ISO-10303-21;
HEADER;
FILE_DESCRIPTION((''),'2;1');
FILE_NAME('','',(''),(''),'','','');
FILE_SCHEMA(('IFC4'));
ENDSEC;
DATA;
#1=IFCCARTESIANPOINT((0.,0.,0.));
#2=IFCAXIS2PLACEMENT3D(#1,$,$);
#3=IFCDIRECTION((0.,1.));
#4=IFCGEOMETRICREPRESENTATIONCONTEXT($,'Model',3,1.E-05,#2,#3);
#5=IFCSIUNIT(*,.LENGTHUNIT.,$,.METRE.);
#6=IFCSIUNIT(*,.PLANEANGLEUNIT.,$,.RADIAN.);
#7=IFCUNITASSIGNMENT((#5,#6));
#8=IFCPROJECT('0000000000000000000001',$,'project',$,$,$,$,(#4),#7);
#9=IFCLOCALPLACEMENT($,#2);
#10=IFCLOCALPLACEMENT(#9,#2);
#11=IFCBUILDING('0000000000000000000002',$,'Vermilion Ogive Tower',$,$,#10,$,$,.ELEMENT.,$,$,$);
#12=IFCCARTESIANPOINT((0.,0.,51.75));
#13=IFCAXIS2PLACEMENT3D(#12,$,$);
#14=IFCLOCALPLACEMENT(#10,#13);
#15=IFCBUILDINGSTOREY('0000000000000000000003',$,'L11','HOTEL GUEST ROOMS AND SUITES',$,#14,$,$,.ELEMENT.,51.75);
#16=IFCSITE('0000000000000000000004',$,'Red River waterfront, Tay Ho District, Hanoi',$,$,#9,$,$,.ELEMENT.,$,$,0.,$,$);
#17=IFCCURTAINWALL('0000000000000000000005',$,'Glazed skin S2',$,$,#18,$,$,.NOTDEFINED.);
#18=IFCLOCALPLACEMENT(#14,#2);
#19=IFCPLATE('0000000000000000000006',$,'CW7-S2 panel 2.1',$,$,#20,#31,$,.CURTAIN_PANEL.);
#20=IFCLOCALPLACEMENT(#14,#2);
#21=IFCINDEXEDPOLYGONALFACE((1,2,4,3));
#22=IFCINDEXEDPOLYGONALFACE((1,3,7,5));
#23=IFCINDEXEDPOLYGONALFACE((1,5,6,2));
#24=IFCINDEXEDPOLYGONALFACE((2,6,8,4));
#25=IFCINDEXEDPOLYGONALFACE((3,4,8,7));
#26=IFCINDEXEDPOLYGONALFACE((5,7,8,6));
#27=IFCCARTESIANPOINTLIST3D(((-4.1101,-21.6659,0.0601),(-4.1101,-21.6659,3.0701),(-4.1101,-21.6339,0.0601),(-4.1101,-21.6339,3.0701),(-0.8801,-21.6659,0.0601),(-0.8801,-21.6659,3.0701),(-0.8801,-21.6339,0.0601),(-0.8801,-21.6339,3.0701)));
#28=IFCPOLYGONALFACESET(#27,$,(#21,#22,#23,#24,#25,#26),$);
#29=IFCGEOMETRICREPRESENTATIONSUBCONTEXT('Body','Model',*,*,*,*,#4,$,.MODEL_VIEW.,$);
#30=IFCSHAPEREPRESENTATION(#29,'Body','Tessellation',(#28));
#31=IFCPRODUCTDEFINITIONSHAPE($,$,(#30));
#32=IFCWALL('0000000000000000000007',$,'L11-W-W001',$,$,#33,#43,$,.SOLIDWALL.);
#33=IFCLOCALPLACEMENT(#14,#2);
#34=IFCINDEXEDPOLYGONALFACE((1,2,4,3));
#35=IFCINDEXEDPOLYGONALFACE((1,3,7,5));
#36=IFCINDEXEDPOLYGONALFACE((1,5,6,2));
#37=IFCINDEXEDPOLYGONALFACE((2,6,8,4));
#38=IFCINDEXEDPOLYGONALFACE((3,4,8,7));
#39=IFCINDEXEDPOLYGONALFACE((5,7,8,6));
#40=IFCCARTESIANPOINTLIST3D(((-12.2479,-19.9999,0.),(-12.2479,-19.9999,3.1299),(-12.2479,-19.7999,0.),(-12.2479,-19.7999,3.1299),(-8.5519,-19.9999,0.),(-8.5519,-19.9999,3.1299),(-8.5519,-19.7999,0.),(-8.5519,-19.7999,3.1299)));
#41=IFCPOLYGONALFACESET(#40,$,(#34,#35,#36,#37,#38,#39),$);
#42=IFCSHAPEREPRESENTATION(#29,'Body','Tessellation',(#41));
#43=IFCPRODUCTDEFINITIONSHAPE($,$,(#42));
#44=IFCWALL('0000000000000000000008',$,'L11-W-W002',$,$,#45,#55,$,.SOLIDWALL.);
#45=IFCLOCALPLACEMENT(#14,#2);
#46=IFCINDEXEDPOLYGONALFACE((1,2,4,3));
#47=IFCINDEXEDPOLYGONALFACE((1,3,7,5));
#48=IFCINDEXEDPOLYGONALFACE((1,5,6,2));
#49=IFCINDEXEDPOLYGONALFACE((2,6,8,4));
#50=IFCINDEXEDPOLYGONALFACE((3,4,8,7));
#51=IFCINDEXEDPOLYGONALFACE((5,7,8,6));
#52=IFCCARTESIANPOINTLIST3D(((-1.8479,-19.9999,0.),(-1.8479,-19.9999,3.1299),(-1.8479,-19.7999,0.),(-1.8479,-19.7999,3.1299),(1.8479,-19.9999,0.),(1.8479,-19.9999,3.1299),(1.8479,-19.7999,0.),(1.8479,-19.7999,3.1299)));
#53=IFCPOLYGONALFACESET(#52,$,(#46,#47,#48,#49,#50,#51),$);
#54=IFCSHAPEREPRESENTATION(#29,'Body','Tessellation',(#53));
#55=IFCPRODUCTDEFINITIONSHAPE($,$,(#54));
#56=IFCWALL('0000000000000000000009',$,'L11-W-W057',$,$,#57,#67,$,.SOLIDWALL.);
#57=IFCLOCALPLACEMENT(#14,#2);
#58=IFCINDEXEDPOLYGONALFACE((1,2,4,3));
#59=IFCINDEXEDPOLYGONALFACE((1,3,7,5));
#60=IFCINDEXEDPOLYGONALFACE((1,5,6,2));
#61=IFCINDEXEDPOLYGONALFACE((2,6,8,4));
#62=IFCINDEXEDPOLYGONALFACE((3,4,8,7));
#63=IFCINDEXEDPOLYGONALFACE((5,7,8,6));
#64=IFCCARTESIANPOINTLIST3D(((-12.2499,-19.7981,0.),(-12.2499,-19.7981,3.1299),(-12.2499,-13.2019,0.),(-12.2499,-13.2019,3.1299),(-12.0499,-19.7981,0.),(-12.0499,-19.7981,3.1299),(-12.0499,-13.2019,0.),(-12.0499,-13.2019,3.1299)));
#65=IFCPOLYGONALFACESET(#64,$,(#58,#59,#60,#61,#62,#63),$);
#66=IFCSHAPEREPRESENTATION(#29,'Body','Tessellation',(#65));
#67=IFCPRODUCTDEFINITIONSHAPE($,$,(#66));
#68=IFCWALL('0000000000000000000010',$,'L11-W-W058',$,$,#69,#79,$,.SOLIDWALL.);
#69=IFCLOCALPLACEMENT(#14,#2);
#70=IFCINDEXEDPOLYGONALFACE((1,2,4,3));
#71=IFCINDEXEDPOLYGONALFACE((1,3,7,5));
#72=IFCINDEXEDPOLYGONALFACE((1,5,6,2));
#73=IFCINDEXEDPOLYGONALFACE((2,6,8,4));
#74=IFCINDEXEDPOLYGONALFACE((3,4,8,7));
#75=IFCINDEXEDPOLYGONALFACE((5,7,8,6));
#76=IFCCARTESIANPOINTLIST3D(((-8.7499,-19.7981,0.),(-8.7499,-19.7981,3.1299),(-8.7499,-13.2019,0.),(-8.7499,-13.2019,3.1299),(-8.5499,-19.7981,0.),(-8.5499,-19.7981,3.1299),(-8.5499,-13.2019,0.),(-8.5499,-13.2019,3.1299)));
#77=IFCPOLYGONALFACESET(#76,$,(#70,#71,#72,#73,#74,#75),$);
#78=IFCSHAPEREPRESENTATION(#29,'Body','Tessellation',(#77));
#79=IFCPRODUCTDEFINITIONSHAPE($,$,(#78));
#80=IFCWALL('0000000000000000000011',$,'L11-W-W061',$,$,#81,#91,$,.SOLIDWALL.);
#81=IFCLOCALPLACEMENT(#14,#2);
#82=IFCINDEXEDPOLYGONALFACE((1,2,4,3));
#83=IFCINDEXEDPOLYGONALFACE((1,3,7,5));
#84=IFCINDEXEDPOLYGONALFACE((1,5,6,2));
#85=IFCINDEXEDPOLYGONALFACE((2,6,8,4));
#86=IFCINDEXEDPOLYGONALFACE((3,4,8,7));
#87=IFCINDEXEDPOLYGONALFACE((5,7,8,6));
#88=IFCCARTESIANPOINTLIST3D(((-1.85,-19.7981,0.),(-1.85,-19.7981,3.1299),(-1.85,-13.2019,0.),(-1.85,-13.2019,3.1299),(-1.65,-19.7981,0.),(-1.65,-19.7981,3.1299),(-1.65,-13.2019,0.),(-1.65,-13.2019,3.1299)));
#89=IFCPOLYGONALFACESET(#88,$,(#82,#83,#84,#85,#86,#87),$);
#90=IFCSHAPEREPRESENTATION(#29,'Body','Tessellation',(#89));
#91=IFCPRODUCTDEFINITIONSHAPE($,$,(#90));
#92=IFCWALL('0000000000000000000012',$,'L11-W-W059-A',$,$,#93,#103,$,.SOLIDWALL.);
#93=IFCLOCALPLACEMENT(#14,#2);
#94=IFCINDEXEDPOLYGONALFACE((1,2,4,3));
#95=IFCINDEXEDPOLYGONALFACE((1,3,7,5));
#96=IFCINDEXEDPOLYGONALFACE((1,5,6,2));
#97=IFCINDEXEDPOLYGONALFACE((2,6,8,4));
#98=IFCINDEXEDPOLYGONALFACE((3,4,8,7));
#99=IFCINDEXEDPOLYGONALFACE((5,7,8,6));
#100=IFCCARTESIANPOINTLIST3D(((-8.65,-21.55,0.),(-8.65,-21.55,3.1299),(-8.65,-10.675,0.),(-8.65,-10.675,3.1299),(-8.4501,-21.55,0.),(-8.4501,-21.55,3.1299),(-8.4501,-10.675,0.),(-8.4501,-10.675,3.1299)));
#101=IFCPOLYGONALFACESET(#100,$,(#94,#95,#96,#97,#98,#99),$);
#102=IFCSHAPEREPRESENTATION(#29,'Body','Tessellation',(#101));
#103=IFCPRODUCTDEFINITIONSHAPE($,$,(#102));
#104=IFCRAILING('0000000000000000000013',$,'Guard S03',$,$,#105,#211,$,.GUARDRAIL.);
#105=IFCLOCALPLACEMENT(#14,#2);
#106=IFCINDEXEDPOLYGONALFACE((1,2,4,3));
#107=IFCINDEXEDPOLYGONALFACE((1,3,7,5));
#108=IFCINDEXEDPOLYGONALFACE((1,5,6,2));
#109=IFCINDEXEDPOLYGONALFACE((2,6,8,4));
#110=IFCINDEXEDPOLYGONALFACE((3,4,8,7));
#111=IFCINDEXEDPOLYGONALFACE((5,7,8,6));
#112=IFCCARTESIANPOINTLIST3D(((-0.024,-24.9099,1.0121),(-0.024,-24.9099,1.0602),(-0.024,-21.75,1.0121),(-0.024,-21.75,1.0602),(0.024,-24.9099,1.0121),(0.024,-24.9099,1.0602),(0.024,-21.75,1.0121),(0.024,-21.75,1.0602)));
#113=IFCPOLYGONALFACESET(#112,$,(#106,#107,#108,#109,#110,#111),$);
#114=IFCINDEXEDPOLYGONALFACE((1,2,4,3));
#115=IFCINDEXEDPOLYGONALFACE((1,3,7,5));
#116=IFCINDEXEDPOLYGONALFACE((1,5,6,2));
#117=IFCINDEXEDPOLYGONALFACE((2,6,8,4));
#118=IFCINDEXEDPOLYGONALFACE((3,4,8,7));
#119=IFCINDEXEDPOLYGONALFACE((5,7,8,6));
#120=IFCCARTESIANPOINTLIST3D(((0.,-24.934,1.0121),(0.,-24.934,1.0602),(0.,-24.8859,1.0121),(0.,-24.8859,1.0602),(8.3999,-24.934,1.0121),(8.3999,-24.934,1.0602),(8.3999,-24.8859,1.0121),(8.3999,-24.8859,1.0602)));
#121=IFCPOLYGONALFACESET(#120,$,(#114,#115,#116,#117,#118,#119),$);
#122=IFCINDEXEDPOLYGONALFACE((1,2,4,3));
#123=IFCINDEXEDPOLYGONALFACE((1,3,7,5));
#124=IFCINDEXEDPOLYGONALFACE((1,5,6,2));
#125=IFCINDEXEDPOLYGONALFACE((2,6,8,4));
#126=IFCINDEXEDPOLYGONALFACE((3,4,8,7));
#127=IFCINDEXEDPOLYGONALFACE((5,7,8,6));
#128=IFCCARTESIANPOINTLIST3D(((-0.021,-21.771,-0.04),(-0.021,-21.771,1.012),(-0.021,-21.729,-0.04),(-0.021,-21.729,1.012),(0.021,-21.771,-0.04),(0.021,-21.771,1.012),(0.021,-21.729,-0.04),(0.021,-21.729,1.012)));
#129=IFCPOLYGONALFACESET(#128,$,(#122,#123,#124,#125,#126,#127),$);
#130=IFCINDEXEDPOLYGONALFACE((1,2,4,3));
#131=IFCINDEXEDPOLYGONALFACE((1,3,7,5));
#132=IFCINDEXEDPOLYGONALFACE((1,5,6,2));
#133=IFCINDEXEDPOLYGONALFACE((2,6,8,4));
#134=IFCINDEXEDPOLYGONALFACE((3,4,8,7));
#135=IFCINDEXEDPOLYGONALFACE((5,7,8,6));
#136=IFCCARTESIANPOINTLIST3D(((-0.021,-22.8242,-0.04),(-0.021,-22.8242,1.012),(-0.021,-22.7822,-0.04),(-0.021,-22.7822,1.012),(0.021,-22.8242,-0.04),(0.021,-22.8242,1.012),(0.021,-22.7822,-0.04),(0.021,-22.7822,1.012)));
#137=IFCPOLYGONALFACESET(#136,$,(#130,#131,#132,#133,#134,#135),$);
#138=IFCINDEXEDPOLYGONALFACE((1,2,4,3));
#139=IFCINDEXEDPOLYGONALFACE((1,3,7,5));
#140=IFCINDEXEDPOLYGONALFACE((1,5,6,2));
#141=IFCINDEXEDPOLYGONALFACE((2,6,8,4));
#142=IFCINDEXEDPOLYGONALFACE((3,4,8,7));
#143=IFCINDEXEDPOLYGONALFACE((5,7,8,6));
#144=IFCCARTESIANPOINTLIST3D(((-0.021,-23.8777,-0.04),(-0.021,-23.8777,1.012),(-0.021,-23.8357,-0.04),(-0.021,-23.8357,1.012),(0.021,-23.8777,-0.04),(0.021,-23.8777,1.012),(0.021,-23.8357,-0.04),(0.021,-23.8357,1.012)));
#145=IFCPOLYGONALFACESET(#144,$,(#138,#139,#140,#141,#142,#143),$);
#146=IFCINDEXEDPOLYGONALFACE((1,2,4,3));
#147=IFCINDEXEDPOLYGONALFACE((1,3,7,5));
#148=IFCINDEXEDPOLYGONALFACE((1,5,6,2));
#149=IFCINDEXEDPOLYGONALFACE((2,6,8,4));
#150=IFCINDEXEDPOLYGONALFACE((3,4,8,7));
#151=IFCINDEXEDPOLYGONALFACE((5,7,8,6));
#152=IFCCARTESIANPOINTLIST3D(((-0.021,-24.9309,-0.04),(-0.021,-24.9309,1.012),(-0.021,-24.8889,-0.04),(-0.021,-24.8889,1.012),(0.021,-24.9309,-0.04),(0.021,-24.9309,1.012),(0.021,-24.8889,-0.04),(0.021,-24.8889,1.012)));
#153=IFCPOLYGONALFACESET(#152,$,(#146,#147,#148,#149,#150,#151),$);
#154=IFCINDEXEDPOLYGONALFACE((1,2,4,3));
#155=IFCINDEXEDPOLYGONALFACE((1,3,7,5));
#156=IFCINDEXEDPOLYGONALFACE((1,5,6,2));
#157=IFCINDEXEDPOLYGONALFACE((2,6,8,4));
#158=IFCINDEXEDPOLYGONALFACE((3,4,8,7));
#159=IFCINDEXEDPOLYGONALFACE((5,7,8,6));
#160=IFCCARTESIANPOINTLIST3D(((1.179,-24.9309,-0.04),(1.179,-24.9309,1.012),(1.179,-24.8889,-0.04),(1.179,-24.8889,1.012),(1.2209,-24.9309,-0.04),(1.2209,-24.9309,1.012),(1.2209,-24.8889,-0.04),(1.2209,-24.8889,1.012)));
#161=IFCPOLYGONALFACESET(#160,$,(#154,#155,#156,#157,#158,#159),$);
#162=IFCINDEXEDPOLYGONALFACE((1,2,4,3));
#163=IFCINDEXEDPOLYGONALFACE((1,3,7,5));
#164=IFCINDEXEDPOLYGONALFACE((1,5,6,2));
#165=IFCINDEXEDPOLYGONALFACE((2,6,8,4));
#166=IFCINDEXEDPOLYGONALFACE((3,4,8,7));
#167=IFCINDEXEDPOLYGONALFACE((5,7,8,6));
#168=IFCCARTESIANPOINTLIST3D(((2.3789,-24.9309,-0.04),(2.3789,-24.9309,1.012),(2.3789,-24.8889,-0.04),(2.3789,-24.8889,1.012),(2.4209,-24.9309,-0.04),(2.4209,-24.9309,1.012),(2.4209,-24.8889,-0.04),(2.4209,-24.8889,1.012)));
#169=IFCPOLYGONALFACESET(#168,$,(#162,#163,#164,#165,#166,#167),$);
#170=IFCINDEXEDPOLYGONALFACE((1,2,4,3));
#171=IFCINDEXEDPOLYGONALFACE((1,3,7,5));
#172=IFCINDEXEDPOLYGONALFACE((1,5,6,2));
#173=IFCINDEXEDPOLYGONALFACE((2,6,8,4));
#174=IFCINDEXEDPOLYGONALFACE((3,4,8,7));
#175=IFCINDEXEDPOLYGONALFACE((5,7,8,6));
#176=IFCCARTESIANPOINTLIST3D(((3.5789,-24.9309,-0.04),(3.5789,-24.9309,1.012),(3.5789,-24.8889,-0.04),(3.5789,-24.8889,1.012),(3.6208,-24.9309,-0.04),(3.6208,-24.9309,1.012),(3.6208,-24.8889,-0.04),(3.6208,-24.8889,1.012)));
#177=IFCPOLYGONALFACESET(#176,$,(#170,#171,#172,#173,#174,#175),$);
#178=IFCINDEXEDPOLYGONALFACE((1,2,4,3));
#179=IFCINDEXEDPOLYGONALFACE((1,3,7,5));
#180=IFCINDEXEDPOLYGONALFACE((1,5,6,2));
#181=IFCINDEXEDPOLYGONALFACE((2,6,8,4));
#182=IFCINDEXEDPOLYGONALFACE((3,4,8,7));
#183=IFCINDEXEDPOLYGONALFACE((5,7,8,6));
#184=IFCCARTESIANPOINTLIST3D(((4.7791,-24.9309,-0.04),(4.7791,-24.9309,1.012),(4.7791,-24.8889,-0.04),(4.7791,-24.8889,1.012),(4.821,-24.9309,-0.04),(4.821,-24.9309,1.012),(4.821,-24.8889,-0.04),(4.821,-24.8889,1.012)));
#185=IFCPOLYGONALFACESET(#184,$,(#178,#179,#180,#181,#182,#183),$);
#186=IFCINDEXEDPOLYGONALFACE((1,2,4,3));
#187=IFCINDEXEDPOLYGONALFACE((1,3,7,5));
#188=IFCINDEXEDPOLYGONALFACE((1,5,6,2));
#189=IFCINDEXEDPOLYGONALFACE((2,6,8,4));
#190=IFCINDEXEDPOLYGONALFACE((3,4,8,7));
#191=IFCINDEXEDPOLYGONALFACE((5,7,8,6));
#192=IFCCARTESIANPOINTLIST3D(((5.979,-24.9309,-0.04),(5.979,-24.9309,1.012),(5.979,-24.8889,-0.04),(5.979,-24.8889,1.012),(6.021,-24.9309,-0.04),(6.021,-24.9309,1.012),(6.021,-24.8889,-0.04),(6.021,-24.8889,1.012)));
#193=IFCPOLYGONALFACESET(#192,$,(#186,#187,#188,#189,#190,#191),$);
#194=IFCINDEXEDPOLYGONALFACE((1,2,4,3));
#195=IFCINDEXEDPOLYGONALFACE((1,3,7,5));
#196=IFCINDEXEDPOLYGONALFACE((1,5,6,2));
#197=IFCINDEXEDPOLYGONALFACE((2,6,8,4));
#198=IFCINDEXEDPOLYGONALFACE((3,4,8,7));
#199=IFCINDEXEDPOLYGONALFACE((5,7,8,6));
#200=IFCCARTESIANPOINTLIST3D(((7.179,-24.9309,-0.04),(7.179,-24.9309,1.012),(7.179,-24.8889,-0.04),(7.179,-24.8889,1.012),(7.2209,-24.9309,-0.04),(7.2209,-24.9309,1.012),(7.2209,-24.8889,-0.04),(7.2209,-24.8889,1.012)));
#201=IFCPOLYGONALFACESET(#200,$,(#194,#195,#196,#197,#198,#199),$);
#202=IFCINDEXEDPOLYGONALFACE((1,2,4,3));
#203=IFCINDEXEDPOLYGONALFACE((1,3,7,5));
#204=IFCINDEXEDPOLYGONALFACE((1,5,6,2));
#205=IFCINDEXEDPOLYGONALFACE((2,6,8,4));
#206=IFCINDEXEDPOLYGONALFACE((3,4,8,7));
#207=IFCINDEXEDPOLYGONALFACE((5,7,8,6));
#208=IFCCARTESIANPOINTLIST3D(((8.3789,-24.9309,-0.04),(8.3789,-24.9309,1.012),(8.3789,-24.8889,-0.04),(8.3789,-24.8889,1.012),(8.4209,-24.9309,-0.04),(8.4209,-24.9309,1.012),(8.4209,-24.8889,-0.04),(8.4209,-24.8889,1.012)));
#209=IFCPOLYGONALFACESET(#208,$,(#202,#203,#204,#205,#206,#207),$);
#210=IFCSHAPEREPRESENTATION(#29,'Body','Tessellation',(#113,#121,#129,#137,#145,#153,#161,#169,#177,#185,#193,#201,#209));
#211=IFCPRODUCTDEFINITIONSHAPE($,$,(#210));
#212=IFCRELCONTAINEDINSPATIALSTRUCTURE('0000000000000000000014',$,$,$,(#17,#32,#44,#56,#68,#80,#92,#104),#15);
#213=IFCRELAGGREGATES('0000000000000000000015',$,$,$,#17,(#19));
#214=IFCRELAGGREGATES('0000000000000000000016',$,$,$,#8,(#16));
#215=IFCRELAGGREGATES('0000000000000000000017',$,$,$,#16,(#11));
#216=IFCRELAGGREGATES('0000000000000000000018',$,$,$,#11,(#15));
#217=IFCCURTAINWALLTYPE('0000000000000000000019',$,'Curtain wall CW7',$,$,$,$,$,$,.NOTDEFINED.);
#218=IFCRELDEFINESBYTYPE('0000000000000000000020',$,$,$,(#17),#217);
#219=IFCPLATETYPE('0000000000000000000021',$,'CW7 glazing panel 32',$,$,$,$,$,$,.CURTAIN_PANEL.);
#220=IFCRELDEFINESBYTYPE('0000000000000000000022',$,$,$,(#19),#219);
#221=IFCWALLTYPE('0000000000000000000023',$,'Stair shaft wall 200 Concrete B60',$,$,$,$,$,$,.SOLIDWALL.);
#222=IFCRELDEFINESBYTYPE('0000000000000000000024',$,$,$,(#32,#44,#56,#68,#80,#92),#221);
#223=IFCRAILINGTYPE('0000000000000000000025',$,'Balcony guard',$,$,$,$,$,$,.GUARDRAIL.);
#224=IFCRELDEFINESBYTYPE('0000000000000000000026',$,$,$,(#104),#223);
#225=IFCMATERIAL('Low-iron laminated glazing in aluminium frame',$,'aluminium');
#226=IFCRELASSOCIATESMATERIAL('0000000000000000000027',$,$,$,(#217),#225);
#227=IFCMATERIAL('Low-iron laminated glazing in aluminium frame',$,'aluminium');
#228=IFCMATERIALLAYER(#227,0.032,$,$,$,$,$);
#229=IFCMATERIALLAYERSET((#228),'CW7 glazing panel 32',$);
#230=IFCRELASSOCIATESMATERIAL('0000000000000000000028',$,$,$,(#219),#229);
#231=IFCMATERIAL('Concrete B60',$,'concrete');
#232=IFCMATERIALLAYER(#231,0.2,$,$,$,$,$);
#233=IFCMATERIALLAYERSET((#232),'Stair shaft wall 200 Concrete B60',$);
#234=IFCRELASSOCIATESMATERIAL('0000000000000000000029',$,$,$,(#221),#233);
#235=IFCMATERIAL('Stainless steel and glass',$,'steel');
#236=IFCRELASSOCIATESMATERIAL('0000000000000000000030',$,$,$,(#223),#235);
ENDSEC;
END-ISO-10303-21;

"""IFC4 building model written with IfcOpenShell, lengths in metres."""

from ifc_helpers import new_model, si_unit, direction, frame, frame_2d, origin, origin_2d, place, context, subcontext, project, spatial, rectangle, extrude, material, layer, layer_set, type_object, element, aggregate, save


model = new_model("IFC4")

# Units and contexts
model_context = context("Model", 3, precision=1e-05, world=origin(), true_north=direction((0.0, 1.0)))
body_context = subcontext(model_context, "Body", "Model", "MODEL_VIEW")
ifc_project = project(units=[si_unit("LENGTHUNIT", "METRE"), si_unit("PLANEANGLEUNIT", "RADIAN")], contexts=[model_context])

# Site, building, storey
site_placement = place(None, origin())
site = spatial("IfcSite", under=ifc_project, at=site_placement, Name="Red River waterfront, Tay Ho District, Hanoi", CompositionType="ELEMENT", RefElevation=0.0)
building_placement = place(site_placement, origin())
building = spatial("IfcBuilding", under=site, at=building_placement, Name="Vermilion Ogive Tower", CompositionType="ELEMENT")
storey_placement = place(building_placement, frame((0.0, 0.0, 51.75)))
storey = spatial("IfcBuildingStorey", under=building, at=storey_placement, Name="L11", Description="HOTEL GUEST ROOMS AND SUITES", CompositionType="ELEMENT", Elevation=51.75)

# Shared definitions
ifc_material_1 = material(Name="Low-iron laminated glazing in aluminium frame", Category="aluminium")
curtain_wall_type = type_object("IfcCurtainWallType", Name="Curtain wall CW7", PredefinedType="NOTDEFINED", material=ifc_material_1)

# Curtain wall
curtain_wall_1_placement = place(storey_placement, origin())
curtain_wall_1 = element("IfcCurtainWall", 1, at=curtain_wall_1_placement, inside=storey, type_object=curtain_wall_type, Name="Glazed skin S2", PredefinedType="NOTDEFINED")

# Plate
ifc_material_2 = material(Name="Low-iron laminated glazing in aluminium frame", Category="aluminium")
ifc_layer_1 = layer(ifc_material_2, 0.032)
ifc_layer_set_1 = layer_set([ifc_layer_1], Name="CW7 glazing panel 32")
plate_type = type_object("IfcPlateType", Name="CW7 glazing panel 32", PredefinedType="CURTAIN_PANEL", material=ifc_layer_set_1)
plate_1_placement = place(storey_placement, frame((-2.4951, -21.6499, 0.0601), z_axis=(0.0, 0.0, 1.0), x_axis=(1.0, 0.0, 0.0)))
plate_1 = element("IfcPlate", 2, at=plate_1_placement, type_object=plate_type, Name="CW7-S2 panel 2.1", PredefinedType="CURTAIN_PANEL", context=body_context, shape_type="SweptSolid", body=[
    extrude(rectangle(XDim=3.23, YDim=0.032, at=origin_2d()), origin(), (0.0, 0.0, 1.0), 3.01),
])
aggregate(curtain_wall_1, [plate_1])

# Walls
ifc_material_3 = material(Name="Concrete B60", Category="concrete")
ifc_layer_2 = layer(ifc_material_3, 0.2)
ifc_layer_set_2 = layer_set([ifc_layer_2], Name="Stair shaft wall 200 Concrete B60")
wall_type = type_object("IfcWallType", Name="Stair shaft wall 200 Concrete B60", PredefinedType="SOLIDWALL", material=ifc_layer_set_2)
wall_1_placement = place(storey_placement, frame((-12.248, -19.8999, 0.0), z_axis=(0.0, 0.0, 1.0), x_axis=(1.0, 0.0, 0.0)))
element("IfcWall", 3, at=wall_1_placement, inside=storey, type_object=wall_type, Name="L11-W-W001", PredefinedType="SOLIDWALL", context=body_context, shape_type="SweptSolid", body=[
    extrude(rectangle(XDim=3.696, YDim=0.2, at=frame_2d((1.8481, 0.0))), origin(), (0.0, 0.0, 1.0), 3.1299),
])
wall_2_placement = place(storey_placement, frame((-1.8479, -19.8999, 0.0), z_axis=(0.0, 0.0, 1.0), x_axis=(1.0, 0.0, 0.0)))
element("IfcWall", 4, at=wall_2_placement, inside=storey, type_object=wall_type, Name="L11-W-W002", PredefinedType="SOLIDWALL", context=body_context, shape_type="SweptSolid", body=[
    extrude(rectangle(XDim=3.6958, YDim=0.2, at=frame_2d((1.8479, 0.0))), origin(), (0.0, 0.0, 1.0), 3.1299),
])
for number, where, z_axis, x_axis, name in (
    (5, (-12.1499, -19.7981, 0.0), (0.0, 0.0, 1.0), (0.0, 1.0, 0.0), "L11-W-W057"),
    (6, (-8.6499, -19.7981, 0.0), (0.0, 0.0, 1.0), (0.0, 1.0, 0.0), "L11-W-W058"),
    (7, (-1.75, -19.7981, 0.0), (0.0, 0.0, 1.0), (0.0, 1.0, 0.0), "L11-W-W061"),
):
    element("IfcWall", number, at=place(storey_placement, frame(where, z_axis=z_axis, x_axis=x_axis)), inside=storey, type_object=wall_type, Name=name, PredefinedType="SOLIDWALL", context=body_context, shape_type="SweptSolid", body=[
        extrude(rectangle(XDim=6.5962, YDim=0.2, at=frame_2d((3.2981, 0.0))), origin(), (0.0, 0.0, 1.0), 3.1299),
    ])
wall_3_placement = place(storey_placement, frame((-8.55, -21.55, 0.0), z_axis=(0.0, 0.0, 1.0), x_axis=(0.0, 1.0, 0.0)))
element("IfcWall", 8, at=wall_3_placement, inside=storey, type_object=wall_type, Name="L11-W-W059-A", PredefinedType="SOLIDWALL", context=body_context, shape_type="SweptSolid", body=[
    extrude(rectangle(XDim=10.875, YDim=0.2, at=frame_2d((5.4375, 0.0))), origin(), (0.0, 0.0, 1.0), 3.1299),
])

# Railing
ifc_material_4 = material(Name="Stainless steel and glass", Category="steel")
railing_type = type_object("IfcRailingType", Name="Balcony guard", PredefinedType="GUARDRAIL", material=ifc_material_4)
railing_placement = place(storey_placement, frame((0.0, -21.75, -0.04)))
element("IfcRailing", 9, at=railing_placement, inside=storey, type_object=railing_type, Name="Guard S03", PredefinedType="GUARDRAIL", context=body_context, shape_type="SweptSolid", body=[
    extrude(rectangle(XDim=0.0481, YDim=0.0481, at=origin_2d()), frame((0.0, 0.0, 1.0762), z_axis=(0.0, -1.0, 0.0), x_axis=(1.0, 0.0, 0.0)), (0.0, 0.0, 1.0), 3.1599),
    extrude(rectangle(XDim=0.0481, YDim=0.0481, at=origin_2d()), frame((0.0, -3.1599, 1.0762), z_axis=(1.0, 0.0, 0.0), x_axis=(0.0, 1.0, 0.0)), (0.0, 0.0, 1.0), 8.3999),
    extrude(rectangle(XDim=0.042, YDim=0.042, at=origin_2d()), origin(), (0.0, 0.0, 1.0), 1.052),
    extrude(rectangle(XDim=0.042, YDim=0.042, at=origin_2d()), frame((0.0, -1.0532, 0.0)), (0.0, 0.0, 1.0), 1.052),
    extrude(rectangle(XDim=0.042, YDim=0.042, at=origin_2d()), frame((0.0, -2.1067, 0.0)), (0.0, 0.0, 1.0), 1.052),
    extrude(rectangle(XDim=0.042, YDim=0.042, at=origin_2d()), frame((0.0, -3.1599, 0.0)), (0.0, 0.0, 1.0), 1.052),
    extrude(rectangle(XDim=0.042, YDim=0.042, at=origin_2d()), frame((1.2, -3.1599, 0.0)), (0.0, 0.0, 1.0), 1.052),
    extrude(rectangle(XDim=0.042, YDim=0.042, at=origin_2d()), frame((2.3999, -3.1599, 0.0)), (0.0, 0.0, 1.0), 1.052),
    extrude(rectangle(XDim=0.042, YDim=0.042, at=origin_2d()), frame((3.5999, -3.1599, 0.0)), (0.0, 0.0, 1.0), 1.052),
    extrude(rectangle(XDim=0.042, YDim=0.042, at=origin_2d()), frame((4.8, -3.1599, 0.0)), (0.0, 0.0, 1.0), 1.052),
    extrude(rectangle(XDim=0.042, YDim=0.042, at=origin_2d()), frame((6.0, -3.1599, 0.0)), (0.0, 0.0, 1.0), 1.052),
    extrude(rectangle(XDim=0.042, YDim=0.042, at=origin_2d()), frame((7.2, -3.1599, 0.0)), (0.0, 0.0, 1.0), 1.052),
    extrude(rectangle(XDim=0.042, YDim=0.042, at=origin_2d()), frame((8.3999, -3.1599, 0.0)), (0.0, 0.0, 1.0), 1.052),
])

save(model, "model.ifc")
